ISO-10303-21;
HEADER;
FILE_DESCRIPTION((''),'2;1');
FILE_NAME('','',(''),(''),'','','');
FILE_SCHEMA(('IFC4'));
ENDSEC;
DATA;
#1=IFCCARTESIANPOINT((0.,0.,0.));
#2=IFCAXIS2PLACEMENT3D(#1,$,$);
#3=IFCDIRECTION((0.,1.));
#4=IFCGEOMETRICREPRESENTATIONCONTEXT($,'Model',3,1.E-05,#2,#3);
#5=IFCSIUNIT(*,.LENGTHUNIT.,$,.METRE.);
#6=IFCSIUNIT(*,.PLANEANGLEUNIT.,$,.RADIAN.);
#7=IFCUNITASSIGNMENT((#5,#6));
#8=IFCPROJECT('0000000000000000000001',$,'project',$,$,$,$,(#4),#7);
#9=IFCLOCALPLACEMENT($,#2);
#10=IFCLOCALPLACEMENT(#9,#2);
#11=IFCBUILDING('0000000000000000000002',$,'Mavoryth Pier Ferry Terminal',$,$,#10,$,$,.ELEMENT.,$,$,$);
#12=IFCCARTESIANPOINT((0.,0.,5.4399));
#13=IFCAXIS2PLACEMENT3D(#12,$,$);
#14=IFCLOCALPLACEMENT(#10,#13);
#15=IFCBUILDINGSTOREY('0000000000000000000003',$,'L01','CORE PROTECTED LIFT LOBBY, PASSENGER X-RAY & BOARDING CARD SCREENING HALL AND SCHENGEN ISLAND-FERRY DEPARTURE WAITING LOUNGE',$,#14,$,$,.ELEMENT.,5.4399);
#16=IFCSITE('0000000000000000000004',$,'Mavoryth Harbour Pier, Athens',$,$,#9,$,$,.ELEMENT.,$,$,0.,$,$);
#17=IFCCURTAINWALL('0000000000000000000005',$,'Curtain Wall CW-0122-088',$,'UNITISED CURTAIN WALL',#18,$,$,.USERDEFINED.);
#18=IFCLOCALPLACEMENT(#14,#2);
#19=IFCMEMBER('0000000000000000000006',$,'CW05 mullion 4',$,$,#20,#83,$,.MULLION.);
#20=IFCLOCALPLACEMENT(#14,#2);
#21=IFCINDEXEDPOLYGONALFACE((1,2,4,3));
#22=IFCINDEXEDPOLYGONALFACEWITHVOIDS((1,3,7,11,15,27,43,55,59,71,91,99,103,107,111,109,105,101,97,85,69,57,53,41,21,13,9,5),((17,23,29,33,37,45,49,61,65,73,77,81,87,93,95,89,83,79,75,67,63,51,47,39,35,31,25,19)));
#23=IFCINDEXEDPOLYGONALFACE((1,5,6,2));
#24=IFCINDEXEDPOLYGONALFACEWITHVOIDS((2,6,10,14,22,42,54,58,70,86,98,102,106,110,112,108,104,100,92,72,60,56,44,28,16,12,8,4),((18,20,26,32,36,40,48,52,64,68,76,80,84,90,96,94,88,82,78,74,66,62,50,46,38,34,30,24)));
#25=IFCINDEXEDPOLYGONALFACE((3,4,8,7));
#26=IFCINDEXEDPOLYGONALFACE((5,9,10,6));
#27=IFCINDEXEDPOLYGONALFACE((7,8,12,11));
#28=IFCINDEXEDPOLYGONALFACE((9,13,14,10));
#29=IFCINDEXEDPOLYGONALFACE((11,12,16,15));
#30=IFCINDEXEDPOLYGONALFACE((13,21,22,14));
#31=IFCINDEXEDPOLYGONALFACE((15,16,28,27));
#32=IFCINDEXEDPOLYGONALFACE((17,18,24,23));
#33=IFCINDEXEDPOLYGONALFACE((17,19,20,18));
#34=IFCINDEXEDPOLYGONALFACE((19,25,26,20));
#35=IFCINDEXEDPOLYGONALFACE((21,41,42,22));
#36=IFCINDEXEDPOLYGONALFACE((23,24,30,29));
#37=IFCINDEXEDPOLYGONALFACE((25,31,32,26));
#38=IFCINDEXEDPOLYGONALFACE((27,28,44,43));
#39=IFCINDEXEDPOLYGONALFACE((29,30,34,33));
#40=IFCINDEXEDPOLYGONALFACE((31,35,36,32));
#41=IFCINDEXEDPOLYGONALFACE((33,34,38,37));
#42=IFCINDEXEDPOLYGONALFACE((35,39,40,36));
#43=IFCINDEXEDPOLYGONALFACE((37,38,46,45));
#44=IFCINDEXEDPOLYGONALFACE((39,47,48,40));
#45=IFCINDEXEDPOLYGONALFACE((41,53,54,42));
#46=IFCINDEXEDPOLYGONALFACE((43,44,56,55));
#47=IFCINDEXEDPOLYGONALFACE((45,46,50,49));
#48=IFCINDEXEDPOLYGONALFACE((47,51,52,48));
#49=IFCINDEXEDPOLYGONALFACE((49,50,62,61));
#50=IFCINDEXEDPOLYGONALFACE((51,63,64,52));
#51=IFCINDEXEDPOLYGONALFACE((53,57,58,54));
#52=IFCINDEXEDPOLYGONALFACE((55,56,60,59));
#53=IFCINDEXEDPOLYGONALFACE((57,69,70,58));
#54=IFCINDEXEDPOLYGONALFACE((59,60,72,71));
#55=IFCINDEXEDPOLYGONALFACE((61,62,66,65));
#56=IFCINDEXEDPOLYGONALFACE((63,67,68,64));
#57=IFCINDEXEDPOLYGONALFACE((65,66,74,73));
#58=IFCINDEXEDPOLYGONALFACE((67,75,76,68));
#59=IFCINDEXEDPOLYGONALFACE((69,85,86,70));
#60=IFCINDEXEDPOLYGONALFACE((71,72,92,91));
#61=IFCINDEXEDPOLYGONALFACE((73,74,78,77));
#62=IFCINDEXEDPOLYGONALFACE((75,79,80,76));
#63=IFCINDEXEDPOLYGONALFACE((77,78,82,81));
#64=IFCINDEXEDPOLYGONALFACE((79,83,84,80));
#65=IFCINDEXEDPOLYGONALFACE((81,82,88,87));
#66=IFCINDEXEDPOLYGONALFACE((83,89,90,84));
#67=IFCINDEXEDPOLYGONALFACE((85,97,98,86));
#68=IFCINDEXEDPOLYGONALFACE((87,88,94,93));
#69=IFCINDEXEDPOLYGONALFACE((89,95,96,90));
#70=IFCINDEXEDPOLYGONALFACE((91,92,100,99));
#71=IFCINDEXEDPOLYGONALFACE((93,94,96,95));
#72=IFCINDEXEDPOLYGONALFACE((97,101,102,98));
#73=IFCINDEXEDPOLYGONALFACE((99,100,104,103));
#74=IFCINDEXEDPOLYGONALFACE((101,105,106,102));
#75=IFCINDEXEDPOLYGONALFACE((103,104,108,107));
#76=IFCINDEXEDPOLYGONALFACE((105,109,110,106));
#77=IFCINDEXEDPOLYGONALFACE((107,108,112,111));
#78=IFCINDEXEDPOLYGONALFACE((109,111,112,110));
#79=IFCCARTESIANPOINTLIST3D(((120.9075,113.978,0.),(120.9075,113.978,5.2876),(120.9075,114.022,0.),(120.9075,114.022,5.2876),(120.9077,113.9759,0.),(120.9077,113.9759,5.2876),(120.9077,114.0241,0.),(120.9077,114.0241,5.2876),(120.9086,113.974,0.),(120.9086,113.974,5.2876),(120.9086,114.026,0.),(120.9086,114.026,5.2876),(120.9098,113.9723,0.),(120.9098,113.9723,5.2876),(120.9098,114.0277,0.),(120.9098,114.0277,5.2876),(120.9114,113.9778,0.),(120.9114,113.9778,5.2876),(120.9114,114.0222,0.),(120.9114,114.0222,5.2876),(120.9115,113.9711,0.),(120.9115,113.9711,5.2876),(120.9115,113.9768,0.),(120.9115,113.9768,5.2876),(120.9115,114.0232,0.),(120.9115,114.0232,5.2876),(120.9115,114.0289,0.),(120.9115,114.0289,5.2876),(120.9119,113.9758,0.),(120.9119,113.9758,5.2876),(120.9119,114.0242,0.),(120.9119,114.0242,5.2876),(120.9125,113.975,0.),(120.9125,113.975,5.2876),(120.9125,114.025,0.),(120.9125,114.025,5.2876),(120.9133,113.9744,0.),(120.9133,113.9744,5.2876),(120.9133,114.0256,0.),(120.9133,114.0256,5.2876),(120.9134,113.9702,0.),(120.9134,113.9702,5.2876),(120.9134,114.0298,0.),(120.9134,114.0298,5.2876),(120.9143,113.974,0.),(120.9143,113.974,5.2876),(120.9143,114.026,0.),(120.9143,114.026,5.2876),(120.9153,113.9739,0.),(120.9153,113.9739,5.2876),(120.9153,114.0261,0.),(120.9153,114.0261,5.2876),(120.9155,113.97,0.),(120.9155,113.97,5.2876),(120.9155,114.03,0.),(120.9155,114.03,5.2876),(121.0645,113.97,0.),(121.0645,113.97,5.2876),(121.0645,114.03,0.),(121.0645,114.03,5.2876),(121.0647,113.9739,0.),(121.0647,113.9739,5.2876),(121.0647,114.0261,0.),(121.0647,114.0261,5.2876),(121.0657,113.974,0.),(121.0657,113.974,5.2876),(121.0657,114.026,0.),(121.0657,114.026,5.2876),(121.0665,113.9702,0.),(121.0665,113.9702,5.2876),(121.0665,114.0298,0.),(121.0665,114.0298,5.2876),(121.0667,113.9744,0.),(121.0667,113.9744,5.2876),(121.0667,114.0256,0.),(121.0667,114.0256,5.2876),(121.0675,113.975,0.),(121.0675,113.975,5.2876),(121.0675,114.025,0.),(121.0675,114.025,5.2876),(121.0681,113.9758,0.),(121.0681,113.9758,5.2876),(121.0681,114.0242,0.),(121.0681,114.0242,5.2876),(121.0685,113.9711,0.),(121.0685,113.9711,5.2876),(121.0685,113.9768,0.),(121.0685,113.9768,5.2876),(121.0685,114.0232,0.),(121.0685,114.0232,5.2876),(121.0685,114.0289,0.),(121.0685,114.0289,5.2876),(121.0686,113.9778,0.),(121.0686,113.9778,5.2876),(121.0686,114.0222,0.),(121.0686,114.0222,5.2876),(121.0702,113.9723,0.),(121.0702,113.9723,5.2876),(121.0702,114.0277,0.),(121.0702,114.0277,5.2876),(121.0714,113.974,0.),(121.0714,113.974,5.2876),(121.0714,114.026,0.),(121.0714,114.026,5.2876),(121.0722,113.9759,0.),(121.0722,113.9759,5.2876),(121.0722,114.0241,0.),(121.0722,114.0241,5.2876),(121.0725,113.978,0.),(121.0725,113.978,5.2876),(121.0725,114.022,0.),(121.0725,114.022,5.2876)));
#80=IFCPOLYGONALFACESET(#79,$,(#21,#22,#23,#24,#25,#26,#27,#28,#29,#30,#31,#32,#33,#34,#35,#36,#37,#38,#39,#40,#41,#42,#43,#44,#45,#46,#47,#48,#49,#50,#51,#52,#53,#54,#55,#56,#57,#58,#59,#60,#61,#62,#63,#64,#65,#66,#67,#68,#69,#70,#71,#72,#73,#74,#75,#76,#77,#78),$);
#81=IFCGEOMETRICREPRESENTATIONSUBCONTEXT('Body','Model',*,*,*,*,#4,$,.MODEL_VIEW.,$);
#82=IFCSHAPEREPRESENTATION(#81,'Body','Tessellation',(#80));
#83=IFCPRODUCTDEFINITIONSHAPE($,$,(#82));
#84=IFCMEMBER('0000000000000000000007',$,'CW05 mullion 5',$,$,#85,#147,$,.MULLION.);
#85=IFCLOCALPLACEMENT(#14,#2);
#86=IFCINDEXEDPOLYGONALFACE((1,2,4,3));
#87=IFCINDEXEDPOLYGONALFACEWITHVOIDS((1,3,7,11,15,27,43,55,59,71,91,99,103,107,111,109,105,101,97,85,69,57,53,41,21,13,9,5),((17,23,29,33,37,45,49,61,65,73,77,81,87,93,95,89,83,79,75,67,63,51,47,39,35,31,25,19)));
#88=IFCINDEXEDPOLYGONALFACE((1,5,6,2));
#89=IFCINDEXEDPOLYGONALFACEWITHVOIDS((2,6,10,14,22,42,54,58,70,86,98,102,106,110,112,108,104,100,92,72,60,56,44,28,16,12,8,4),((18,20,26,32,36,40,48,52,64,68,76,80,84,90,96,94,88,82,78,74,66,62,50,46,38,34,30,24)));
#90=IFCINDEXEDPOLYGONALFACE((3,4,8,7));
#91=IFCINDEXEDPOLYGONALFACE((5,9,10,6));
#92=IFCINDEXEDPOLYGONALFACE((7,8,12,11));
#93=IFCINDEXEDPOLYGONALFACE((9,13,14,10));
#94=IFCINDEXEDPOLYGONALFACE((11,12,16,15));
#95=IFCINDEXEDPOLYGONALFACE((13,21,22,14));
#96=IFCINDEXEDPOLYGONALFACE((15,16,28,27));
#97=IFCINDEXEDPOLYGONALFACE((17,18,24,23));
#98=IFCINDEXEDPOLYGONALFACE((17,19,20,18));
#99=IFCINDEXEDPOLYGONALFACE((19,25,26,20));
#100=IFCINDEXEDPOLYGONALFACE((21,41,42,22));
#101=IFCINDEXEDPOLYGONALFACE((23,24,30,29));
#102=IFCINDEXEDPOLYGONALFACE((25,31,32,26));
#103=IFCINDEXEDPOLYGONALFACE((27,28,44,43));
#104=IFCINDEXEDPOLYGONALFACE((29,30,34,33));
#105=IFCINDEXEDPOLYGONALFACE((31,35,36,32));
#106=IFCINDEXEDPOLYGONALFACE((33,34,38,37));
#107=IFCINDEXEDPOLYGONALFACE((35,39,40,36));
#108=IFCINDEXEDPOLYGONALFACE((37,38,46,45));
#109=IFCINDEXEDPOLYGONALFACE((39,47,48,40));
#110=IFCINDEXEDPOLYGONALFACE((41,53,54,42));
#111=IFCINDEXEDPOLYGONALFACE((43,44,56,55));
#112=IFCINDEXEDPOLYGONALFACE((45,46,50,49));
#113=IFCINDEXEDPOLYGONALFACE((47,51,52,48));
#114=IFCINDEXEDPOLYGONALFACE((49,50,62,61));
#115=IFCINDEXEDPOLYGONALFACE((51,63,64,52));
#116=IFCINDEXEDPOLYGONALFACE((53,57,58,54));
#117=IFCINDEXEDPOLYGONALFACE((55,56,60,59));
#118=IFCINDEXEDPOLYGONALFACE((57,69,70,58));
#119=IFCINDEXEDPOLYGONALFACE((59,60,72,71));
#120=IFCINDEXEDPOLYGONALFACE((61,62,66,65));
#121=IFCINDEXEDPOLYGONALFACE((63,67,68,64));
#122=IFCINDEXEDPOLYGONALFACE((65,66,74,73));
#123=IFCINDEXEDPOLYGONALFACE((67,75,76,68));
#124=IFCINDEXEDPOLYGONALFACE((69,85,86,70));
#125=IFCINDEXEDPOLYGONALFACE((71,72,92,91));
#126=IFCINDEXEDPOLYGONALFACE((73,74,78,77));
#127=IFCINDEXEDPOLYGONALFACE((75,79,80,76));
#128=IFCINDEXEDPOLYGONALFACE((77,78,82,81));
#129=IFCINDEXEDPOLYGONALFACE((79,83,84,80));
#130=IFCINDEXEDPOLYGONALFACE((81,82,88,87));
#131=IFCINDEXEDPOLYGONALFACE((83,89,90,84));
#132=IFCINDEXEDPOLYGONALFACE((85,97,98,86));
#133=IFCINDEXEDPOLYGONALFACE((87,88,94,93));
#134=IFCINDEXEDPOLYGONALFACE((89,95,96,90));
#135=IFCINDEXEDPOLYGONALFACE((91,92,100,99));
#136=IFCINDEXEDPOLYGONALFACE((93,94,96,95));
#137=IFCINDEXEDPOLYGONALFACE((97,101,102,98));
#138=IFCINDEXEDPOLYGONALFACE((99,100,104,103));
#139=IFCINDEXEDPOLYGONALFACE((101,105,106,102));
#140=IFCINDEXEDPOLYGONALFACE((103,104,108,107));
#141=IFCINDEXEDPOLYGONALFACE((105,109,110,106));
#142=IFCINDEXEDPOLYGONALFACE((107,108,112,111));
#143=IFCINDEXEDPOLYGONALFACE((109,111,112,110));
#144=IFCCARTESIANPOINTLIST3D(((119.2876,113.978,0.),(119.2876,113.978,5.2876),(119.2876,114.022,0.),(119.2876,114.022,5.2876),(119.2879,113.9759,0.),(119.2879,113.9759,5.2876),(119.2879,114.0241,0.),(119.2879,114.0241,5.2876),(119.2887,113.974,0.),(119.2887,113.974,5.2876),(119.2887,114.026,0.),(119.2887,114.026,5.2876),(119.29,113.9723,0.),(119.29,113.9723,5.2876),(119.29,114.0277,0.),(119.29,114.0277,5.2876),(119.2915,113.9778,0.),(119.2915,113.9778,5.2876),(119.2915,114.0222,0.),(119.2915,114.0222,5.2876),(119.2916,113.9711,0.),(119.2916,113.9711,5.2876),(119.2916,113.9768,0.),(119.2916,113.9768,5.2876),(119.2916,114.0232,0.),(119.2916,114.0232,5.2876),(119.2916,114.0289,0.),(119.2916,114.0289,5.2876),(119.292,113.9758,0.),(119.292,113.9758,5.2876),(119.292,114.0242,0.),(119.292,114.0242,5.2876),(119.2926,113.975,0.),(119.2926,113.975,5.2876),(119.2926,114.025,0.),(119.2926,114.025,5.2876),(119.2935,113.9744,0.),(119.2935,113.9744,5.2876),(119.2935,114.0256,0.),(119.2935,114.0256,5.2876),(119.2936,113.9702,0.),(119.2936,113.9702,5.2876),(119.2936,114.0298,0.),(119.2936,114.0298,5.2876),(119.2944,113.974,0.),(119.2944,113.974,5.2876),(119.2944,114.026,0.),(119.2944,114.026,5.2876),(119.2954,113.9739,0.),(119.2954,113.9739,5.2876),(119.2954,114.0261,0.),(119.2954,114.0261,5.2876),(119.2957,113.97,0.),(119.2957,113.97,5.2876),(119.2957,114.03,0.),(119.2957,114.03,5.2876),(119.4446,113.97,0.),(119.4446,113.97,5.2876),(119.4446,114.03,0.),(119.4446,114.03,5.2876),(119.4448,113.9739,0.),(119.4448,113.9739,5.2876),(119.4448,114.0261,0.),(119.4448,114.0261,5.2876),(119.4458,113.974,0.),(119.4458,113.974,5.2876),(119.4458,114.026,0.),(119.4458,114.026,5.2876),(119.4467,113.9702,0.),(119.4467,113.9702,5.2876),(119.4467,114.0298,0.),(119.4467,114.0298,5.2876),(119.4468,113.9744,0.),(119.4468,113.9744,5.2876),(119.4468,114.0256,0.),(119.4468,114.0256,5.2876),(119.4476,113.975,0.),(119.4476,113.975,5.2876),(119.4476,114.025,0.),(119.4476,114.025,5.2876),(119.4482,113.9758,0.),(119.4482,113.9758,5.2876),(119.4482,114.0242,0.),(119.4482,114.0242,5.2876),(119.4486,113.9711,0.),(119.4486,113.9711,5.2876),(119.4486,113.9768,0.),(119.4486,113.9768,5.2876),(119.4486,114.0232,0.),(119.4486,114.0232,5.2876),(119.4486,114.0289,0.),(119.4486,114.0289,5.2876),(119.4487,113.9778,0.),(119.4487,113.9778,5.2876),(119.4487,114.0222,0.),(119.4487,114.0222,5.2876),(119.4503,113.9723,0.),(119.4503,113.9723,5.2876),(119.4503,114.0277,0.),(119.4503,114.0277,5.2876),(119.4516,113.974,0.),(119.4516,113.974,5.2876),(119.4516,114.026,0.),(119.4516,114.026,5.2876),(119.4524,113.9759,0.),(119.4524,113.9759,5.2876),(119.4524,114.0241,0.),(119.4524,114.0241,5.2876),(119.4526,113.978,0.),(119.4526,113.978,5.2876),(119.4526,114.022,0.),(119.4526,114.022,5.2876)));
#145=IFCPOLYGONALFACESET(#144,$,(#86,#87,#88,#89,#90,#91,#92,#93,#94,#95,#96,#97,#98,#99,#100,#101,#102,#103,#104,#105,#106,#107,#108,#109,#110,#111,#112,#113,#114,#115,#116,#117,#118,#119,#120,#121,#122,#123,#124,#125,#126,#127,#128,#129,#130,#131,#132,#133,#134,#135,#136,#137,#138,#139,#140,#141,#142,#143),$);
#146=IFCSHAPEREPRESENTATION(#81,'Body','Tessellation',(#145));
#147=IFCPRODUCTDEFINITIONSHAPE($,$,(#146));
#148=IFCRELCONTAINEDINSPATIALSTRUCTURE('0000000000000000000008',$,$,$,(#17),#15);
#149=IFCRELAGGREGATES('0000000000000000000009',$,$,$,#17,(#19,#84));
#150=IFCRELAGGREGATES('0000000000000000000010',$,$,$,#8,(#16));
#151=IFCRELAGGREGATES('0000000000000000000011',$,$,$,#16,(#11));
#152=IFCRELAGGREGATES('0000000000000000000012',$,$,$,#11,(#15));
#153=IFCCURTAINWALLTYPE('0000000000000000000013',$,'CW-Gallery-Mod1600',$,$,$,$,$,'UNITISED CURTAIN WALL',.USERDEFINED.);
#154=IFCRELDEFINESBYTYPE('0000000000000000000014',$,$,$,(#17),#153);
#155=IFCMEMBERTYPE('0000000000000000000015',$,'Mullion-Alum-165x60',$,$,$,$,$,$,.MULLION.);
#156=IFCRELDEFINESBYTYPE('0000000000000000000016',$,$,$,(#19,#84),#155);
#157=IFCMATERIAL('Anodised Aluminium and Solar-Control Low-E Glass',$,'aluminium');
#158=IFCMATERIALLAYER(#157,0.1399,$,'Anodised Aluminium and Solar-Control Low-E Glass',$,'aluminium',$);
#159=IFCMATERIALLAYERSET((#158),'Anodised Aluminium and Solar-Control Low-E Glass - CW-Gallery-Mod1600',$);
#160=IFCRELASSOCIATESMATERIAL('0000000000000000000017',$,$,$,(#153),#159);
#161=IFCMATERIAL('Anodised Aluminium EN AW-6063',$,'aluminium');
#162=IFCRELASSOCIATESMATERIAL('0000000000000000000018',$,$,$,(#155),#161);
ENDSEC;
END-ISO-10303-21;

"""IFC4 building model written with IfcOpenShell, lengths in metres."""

from ifc_helpers import new_model, si_unit, direction, frame, origin, origin_2d, place, context, subcontext, project, spatial, hollow_rectangle, extrude, material, layer, layer_set, material_profile, profile_set, type_object, element, aggregate, save


model = new_model("IFC4")

# Units and contexts
model_context = context("Model", 3, precision=1e-05, world=origin(), true_north=direction((0.0, 1.0)))
body_context = subcontext(model_context, "Body", "Model", "MODEL_VIEW")
ifc_project = project(units=[si_unit("LENGTHUNIT", "METRE"), si_unit("PLANEANGLEUNIT", "RADIAN")], contexts=[model_context])

# Site, building, storey
site_placement = place(None, origin())
site = spatial("IfcSite", under=ifc_project, at=site_placement, Name="Mavoryth Harbour Pier, Athens", CompositionType="ELEMENT", RefElevation=0.0)
building_placement = place(site_placement, origin())
building = spatial("IfcBuilding", under=site, at=building_placement, Name="Mavoryth Pier Ferry Terminal", CompositionType="ELEMENT")
storey_placement = place(building_placement, frame((0.0, 0.0, 5.4399)))
storey = spatial("IfcBuildingStorey", under=building, at=storey_placement, Name="L01", Description="CORE PROTECTED LIFT LOBBY, PASSENGER X-RAY & BOARDING CARD SCREENING HALL AND SCHENGEN ISLAND-FERRY DEPARTURE WAITING LOUNGE", CompositionType="ELEMENT", Elevation=5.4399)

# Curtain wall, members
ifc_material_1 = material(Name="Anodised Aluminium and Solar-Control Low-E Glass", Category="aluminium")
ifc_layer_1 = layer(ifc_material_1, 0.1399, Name="Anodised Aluminium and Solar-Control Low-E Glass", Category="aluminium")
ifc_layer_set_1 = layer_set([ifc_layer_1], Name="Anodised Aluminium and Solar-Control Low-E Glass - CW-Gallery-Mod1600")
curtain_wall_type = type_object("IfcCurtainWallType", Name="CW-Gallery-Mod1600", ElementType="UNITISED CURTAIN WALL", PredefinedType="USERDEFINED", material=ifc_layer_set_1)
curtain_wall_placement = place(storey_placement, origin())
curtain_wall = element("IfcCurtainWall", 1, at=curtain_wall_placement, inside=storey, type_object=curtain_wall_type, Name="Curtain Wall CW-0122-088", ObjectType="UNITISED CURTAIN WALL", PredefinedType="USERDEFINED")
ifc_material_2 = material(Name="Anodised Aluminium EN AW-6063", Category="aluminium")
ifc_material_profile_1 = material_profile(ifc_material_2, hollow_rectangle(XDim=0.0601, YDim=0.165, WallThickness=0.0039, InnerFilletRadius=0.0039, OuterFilletRadius=0.0081, at=origin_2d()), Name="AL-MULL 165x60x4", Category="aluminium")
ifc_profile_set_1 = profile_set([ifc_material_profile_1], Name="Anodised Aluminium EN AW-6063 - AL-MULL 165x60x4")
member_type_1 = type_object("IfcMemberType", Name="Mullion-Alum-165x60", PredefinedType="MULLION", material=ifc_profile_set_1)
member_1_placement = place(storey_placement, frame((120.99, 114.0, 0.0), z_axis=(0.0, 0.0, 1.0), x_axis=(0.0, -1.0, 0.0)))
member_1 = element("IfcMember", 2, at=member_1_placement, type_object=member_type_1, Name="CW05 mullion 4", PredefinedType="MULLION", context=body_context, shape_type="SweptSolid", body=[
    extrude(hollow_rectangle(XDim=0.0601, YDim=0.165, WallThickness=0.0039, InnerFilletRadius=0.0039, OuterFilletRadius=0.0081, at=origin_2d()), origin(), (0.0, 0.0, 1.0), 5.2876),
])
member_2_placement = place(storey_placement, frame((119.3701, 114.0, 0.0), z_axis=(0.0, 0.0, 1.0), x_axis=(0.0, -1.0, 0.0)))
member_2 = element("IfcMember", 3, at=member_2_placement, type_object=member_type_1, Name="CW05 mullion 5", PredefinedType="MULLION", context=body_context, shape_type="SweptSolid", body=[
    extrude(hollow_rectangle(XDim=0.0601, YDim=0.165, WallThickness=0.0039, InnerFilletRadius=0.0039, OuterFilletRadius=0.0081, at=origin_2d()), origin(), (0.0, 0.0, 1.0), 5.2876),
])
aggregate(curtain_wall, [member_1, member_2])

save(model, "model.ifc")
